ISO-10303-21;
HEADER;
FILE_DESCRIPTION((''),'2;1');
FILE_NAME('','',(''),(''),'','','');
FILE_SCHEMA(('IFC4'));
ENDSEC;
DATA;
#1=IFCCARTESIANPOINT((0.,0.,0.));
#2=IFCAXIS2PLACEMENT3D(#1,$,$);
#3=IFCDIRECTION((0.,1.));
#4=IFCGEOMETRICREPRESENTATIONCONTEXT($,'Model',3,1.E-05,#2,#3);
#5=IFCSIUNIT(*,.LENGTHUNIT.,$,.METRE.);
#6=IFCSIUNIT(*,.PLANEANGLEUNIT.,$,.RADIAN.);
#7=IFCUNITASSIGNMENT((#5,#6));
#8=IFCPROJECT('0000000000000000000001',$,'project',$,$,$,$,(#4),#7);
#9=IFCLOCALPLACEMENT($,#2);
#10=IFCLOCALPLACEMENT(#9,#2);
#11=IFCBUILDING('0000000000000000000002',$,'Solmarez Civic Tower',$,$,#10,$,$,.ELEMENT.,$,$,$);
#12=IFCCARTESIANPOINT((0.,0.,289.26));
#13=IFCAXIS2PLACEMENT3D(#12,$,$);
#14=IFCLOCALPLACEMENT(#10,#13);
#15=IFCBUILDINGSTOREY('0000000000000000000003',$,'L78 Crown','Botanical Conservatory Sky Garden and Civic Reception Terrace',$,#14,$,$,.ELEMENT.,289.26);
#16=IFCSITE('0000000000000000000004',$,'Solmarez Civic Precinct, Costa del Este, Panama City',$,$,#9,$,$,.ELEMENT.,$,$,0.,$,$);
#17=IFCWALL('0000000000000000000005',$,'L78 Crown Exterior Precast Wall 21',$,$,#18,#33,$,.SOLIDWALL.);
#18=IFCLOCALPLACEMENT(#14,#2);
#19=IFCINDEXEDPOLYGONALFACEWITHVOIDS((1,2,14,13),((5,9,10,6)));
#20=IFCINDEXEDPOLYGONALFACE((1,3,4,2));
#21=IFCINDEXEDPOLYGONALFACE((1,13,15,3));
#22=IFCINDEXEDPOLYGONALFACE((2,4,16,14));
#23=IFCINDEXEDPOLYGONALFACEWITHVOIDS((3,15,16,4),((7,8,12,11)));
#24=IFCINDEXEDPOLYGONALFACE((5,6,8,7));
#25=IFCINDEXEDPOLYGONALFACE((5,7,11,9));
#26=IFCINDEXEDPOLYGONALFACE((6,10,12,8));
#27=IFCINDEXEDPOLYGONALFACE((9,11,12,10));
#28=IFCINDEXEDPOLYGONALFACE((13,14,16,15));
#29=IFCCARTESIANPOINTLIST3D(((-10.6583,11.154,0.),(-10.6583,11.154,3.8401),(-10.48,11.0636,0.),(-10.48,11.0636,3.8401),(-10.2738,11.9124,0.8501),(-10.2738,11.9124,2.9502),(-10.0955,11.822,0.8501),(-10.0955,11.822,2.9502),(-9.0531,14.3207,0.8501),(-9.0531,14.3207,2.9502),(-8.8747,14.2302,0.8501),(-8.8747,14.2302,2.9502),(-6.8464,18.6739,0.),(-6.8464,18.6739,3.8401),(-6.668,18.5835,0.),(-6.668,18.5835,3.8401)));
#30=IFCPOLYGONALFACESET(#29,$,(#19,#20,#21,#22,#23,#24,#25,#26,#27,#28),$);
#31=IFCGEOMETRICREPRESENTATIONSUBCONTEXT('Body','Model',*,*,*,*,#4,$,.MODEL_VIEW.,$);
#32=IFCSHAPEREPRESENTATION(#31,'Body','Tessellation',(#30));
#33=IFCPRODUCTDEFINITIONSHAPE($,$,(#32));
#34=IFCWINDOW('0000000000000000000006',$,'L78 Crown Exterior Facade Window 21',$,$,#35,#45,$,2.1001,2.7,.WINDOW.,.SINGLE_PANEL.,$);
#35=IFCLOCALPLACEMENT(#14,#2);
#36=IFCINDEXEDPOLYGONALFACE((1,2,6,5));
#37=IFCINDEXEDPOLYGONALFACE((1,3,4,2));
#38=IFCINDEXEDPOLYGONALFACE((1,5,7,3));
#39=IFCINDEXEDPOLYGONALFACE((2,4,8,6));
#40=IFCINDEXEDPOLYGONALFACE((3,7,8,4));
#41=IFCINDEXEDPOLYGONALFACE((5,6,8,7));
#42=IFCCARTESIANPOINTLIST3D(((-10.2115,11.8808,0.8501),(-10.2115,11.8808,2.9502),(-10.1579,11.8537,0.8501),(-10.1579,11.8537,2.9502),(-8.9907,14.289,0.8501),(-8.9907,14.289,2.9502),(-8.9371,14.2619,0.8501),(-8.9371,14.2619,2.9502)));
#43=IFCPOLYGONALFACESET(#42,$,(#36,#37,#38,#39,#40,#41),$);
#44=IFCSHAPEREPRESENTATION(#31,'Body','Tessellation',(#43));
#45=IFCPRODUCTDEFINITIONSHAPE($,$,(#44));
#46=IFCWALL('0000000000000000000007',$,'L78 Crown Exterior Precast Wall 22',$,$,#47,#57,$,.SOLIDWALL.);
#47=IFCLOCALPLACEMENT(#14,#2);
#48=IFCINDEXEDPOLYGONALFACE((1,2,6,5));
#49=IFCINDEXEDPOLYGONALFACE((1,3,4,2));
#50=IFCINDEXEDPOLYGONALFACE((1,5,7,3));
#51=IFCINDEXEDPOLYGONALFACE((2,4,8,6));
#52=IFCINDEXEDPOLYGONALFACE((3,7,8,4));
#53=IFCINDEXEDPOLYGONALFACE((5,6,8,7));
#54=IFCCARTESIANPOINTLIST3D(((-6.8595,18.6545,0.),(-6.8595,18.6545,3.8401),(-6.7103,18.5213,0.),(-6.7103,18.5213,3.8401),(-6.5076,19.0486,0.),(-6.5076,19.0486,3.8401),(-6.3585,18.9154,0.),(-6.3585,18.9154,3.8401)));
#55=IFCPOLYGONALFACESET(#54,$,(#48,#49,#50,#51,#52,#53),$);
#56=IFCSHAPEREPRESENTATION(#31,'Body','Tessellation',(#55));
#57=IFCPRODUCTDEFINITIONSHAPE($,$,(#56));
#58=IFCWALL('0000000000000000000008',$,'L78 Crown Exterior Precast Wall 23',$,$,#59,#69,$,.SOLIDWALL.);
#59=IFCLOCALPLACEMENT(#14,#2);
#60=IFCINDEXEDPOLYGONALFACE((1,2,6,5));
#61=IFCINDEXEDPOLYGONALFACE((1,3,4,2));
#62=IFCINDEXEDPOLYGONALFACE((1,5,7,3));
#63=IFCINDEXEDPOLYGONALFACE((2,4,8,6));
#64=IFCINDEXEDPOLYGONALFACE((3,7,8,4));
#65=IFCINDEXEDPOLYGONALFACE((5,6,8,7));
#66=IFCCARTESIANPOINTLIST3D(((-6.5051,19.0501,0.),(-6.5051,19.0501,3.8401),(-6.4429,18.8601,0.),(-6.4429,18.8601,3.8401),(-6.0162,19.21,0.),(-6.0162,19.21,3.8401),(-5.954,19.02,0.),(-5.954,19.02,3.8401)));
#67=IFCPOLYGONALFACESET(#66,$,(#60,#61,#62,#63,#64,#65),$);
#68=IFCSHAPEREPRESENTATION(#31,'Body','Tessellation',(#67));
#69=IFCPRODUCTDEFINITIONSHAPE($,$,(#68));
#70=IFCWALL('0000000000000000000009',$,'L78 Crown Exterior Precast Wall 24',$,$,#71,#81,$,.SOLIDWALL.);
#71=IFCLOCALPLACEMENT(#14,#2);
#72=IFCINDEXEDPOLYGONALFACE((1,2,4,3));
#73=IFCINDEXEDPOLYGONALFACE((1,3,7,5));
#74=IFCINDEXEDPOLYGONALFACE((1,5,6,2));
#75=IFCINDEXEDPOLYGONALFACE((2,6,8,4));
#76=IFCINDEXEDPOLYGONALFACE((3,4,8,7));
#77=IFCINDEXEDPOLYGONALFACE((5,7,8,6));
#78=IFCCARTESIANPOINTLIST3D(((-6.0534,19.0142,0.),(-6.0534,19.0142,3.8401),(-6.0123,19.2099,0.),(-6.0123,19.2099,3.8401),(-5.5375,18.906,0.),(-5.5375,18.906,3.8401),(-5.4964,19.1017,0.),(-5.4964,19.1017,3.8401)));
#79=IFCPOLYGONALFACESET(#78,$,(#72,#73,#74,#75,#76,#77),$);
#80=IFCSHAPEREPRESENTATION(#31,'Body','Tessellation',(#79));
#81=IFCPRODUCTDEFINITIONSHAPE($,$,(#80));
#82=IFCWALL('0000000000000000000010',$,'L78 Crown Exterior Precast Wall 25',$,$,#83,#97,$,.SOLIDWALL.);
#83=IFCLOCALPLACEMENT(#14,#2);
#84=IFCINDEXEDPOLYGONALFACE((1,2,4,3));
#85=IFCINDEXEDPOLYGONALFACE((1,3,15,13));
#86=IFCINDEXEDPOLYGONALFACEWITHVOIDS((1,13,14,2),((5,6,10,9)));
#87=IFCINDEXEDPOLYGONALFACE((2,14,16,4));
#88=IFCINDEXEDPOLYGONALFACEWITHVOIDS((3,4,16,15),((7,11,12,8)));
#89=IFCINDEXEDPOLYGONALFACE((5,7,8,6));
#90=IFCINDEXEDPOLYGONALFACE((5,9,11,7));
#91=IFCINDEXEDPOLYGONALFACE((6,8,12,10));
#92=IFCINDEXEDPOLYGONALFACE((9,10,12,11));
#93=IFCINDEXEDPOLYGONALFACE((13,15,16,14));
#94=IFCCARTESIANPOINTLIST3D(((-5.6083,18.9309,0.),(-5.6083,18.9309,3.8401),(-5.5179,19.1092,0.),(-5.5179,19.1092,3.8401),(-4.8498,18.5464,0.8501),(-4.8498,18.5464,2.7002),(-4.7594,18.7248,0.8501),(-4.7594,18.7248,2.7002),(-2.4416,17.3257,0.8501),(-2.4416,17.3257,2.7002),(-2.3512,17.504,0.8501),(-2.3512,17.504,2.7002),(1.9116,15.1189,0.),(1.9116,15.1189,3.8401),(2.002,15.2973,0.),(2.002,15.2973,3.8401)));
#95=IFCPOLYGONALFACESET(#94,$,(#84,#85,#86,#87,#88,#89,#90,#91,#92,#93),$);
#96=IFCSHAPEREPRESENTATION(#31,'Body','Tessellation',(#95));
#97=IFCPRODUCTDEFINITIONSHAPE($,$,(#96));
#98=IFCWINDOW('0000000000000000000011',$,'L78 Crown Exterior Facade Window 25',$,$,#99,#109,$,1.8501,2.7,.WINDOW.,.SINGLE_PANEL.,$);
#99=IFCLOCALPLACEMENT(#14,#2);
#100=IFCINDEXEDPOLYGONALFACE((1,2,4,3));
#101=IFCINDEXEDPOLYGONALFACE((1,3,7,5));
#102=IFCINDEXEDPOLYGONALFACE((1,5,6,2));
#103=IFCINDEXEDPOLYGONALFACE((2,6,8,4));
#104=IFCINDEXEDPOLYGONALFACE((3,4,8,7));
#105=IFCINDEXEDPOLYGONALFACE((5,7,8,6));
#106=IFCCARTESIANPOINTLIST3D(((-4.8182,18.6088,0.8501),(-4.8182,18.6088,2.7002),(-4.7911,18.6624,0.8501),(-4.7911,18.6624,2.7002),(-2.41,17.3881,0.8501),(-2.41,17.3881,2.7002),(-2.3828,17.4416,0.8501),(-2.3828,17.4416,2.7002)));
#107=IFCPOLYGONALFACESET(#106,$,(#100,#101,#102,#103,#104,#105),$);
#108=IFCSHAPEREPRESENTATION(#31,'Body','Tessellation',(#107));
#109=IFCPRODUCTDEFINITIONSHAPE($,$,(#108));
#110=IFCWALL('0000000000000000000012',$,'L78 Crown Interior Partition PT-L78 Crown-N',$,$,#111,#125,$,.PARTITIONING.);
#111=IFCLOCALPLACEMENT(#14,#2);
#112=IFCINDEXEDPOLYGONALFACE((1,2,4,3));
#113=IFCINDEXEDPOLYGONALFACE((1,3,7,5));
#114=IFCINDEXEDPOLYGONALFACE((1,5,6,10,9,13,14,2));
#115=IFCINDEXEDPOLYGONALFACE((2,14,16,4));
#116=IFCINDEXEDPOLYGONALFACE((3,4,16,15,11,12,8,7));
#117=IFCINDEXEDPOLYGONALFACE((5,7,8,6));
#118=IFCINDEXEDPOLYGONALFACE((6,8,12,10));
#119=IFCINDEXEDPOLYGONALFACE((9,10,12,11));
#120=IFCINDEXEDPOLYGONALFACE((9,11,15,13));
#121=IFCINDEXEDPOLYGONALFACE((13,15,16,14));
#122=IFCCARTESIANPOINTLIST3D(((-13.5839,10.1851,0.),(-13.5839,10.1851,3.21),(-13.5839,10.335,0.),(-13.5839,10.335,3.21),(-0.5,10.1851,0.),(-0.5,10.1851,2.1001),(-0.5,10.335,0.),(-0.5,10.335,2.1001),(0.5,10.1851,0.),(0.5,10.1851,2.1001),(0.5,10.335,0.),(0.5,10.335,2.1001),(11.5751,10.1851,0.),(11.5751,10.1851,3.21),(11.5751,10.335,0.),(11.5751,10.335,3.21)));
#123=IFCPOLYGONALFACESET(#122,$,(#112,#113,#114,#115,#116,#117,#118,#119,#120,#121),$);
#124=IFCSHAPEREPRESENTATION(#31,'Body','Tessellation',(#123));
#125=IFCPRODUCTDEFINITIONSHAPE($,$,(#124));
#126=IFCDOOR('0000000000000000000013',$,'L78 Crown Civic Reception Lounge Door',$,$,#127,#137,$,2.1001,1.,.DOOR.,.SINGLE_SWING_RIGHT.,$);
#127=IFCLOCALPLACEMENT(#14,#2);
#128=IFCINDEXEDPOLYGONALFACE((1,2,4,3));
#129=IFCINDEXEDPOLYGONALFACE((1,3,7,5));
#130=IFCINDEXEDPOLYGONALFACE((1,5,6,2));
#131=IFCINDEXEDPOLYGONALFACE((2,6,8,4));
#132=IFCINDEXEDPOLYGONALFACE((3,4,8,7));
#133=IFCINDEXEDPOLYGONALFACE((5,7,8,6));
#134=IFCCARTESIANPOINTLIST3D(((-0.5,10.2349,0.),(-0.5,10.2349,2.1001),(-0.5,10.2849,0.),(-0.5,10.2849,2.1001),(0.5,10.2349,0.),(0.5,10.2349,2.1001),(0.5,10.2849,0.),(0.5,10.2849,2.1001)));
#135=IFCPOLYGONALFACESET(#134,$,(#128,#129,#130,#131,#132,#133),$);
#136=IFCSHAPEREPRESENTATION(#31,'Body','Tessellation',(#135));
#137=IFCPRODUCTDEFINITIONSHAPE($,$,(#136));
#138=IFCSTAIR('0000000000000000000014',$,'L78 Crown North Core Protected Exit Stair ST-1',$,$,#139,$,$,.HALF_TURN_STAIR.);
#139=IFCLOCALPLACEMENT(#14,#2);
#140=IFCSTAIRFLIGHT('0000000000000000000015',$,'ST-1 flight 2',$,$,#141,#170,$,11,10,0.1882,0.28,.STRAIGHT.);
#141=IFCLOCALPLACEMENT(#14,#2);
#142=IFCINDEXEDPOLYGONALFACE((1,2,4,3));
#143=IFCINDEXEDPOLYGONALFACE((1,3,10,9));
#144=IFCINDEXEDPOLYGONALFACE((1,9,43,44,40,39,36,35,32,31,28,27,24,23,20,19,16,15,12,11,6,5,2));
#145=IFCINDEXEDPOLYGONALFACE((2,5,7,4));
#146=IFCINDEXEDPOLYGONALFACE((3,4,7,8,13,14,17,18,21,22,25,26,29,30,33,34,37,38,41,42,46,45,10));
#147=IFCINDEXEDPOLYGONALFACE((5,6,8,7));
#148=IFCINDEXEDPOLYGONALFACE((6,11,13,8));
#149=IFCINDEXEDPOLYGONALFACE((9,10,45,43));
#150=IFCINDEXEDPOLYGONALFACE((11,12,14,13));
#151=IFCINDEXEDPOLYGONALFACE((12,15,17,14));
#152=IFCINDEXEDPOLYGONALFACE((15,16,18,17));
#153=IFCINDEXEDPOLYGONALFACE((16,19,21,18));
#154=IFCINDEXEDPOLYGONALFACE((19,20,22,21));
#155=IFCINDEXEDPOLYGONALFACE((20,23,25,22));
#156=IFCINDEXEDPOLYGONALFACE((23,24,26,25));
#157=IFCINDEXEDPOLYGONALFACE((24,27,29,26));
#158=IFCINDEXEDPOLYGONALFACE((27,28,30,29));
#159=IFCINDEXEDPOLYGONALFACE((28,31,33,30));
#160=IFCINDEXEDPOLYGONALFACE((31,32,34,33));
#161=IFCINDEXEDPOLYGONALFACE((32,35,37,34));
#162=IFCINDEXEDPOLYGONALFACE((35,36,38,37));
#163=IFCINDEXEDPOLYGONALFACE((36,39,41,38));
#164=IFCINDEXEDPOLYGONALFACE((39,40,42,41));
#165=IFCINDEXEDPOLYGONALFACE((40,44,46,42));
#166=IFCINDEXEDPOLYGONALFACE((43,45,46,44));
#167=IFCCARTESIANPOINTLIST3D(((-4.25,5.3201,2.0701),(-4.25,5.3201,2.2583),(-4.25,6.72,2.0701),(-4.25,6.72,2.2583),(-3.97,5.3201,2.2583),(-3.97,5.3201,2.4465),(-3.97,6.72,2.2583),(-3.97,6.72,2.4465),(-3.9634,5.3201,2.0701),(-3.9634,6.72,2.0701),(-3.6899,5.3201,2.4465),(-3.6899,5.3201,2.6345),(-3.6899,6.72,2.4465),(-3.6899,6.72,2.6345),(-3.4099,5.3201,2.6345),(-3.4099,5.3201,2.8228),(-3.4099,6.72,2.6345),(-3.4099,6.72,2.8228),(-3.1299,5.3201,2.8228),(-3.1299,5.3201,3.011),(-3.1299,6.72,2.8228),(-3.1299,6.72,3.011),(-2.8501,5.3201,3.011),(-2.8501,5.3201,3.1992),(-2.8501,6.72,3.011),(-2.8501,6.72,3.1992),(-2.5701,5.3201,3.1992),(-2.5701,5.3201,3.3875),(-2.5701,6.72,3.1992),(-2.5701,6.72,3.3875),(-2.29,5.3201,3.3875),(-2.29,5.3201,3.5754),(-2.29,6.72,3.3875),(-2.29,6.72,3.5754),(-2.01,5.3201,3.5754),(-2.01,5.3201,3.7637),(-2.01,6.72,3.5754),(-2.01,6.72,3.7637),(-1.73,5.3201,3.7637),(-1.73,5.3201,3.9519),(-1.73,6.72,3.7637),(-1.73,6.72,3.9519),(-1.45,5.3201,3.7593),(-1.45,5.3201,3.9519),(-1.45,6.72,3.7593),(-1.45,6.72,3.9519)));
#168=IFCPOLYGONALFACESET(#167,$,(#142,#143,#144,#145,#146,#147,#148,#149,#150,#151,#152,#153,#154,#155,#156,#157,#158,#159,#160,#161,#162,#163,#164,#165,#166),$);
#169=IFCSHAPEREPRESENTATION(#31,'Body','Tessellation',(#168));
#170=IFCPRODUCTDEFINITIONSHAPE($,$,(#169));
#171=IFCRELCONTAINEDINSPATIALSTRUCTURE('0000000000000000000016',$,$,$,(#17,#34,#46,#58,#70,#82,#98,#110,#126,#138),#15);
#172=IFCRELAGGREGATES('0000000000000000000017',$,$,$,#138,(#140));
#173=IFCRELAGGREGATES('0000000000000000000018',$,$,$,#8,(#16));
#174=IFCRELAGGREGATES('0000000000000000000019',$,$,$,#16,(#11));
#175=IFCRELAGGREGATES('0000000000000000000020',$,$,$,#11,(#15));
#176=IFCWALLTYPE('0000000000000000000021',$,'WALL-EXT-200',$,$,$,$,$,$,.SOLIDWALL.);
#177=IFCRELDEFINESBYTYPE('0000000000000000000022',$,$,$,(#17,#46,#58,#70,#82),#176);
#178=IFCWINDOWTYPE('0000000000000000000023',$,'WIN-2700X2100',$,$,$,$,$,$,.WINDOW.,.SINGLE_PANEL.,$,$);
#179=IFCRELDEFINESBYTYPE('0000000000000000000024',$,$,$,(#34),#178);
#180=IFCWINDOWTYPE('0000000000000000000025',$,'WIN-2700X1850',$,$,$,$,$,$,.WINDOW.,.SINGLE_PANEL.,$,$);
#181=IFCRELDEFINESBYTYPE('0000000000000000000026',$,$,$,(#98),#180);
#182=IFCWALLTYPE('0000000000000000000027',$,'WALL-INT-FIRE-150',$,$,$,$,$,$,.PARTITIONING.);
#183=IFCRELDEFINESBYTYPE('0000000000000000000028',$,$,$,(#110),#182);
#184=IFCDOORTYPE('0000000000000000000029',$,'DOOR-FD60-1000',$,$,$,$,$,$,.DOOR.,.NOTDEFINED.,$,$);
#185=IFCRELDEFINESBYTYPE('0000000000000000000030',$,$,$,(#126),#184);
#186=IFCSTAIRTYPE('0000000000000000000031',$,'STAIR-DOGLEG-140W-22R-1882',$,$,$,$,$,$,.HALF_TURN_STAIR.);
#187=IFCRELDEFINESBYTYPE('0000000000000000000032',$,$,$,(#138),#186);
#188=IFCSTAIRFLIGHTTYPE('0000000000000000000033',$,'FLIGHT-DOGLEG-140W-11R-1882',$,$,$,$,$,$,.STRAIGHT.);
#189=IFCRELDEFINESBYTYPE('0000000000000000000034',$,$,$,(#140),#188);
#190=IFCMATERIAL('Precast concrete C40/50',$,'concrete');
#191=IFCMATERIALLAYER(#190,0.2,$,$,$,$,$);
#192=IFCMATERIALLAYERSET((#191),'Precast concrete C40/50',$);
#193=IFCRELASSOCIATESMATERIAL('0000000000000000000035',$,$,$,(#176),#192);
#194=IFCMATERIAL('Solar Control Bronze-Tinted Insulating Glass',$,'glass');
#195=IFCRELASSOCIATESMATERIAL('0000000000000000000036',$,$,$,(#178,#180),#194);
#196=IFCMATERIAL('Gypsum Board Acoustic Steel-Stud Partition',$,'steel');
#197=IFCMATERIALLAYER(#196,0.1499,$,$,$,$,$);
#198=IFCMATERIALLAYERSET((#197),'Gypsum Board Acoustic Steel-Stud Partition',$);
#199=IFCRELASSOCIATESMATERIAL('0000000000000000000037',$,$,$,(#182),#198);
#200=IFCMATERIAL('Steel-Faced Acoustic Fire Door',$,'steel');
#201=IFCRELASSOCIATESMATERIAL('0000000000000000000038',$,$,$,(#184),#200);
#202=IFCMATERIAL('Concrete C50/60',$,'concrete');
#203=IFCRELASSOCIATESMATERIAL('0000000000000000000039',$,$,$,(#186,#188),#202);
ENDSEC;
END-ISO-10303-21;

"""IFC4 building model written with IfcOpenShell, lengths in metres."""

from ifc_helpers import new_model, si_unit, direction, frame, frame_2d, origin, place, context, subcontext, project, spatial, polyline, rectangle, outline, extrude, material, layer, layer_set, type_object, element, fill, aggregate, save


model = new_model("IFC4")

# Units and contexts
model_context = context("Model", 3, precision=1e-05, world=origin(), true_north=direction((0.0, 1.0)))
body_context = subcontext(model_context, "Body", "Model", "MODEL_VIEW")
ifc_project = project(units=[si_unit("LENGTHUNIT", "METRE"), si_unit("PLANEANGLEUNIT", "RADIAN")], contexts=[model_context])

# Site, building, storey
site_placement = place(None, origin())
site = spatial("IfcSite", under=ifc_project, at=site_placement, Name="Solmarez Civic Precinct, Costa del Este, Panama City", CompositionType="ELEMENT", RefElevation=0.0)
building_placement = place(site_placement, origin())
building = spatial("IfcBuilding", under=site, at=building_placement, Name="Solmarez Civic Tower", CompositionType="ELEMENT")
storey_placement = place(building_placement, frame((0.0, 0.0, 289.26)))
storey = spatial("IfcBuildingStorey", under=building, at=storey_placement, Name="L78 Crown", Description="Botanical Conservatory Sky Garden and Civic Reception Terrace", CompositionType="ELEMENT", Elevation=289.26)

# Shared definitions
ifc_material_1 = material(Name="Concrete C50/60", Category="concrete")

# Shared definitions
ifc_material_2 = material(Name="Precast concrete C40/50", Category="concrete")
ifc_layer_1 = layer(ifc_material_2, 0.2)
ifc_layer_set_1 = layer_set([ifc_layer_1], Name="Precast concrete C40/50")
wall_type_1 = type_object("IfcWallType", Name="WALL-EXT-200", PredefinedType="SOLIDWALL", material=ifc_layer_set_1)

# Wall, opening, window
wall_1_placement = place(storey_placement, frame((-10.5691, 11.1089, 0.0), z_axis=(0.0, 0.0, 1.0), x_axis=(0.452141, 0.891946, 0.0)))
wall_1 = element("IfcWall", 1, at=wall_1_placement, inside=storey, type_object=wall_type_1, Name="L78 Crown Exterior Precast Wall 21", PredefinedType="SOLIDWALL", context=body_context, shape_type="SweptSolid", body=[
    extrude(rectangle(XDim=8.4309, YDim=0.2, at=frame_2d((4.2153, 0.0))), origin(), (0.0, 0.0, 1.0), 3.8401),
])
opening_1_placement = place(wall_1_placement, frame((0.8501, 0.0, 0.8501)))
opening_1 = element("IfcOpeningElement", 2, at=opening_1_placement, cuts=wall_1, PredefinedType="OPENING", context=body_context, shape_type="SweptSolid", body=[
    extrude(rectangle(XDim=2.7, YDim=2.1001, at=frame_2d((1.3501, 1.05))), frame((0.0, 0.1099, 0.0), z_axis=(0.0, -1.0, 0.0), x_axis=(1.0, 0.0, 0.0)), (0.0, 0.0, 1.0), 0.22),
])
ifc_material_3 = material(Name="Solar Control Bronze-Tinted Insulating Glass", Category="glass")
window_type_1 = type_object("IfcWindowType", Name="WIN-2700X2100", PartitioningType="SINGLE_PANEL", PredefinedType="WINDOW", material=ifc_material_3)
window_1_placement = place(opening_1_placement, origin())
window_1 = element("IfcWindow", 3, at=window_1_placement, inside=storey, type_object=window_type_1, Name="L78 Crown Exterior Facade Window 21", OverallHeight=2.1001, OverallWidth=2.7, PartitioningType="SINGLE_PANEL", PredefinedType="WINDOW", context=body_context, shape_type="SweptSolid", body=[
    extrude(rectangle(XDim=2.7, YDim=2.1001, at=frame_2d((1.3501, 1.05))), frame((0.0, 0.03, 0.0), z_axis=(0.0, -1.0, 0.0), x_axis=(1.0, 0.0, 0.0)), (0.0, 0.0, 1.0), 0.0601),
])
fill(opening_1, window_1)

# Walls
wall_2_placement = place(storey_placement, frame((-6.7849, 18.5879, 0.0), z_axis=(0.0, 0.0, 1.0), x_axis=(0.665997, 0.745954, 0.0)))
element("IfcWall", 4, at=wall_2_placement, inside=storey, type_object=wall_type_1, Name="L78 Crown Exterior Precast Wall 22", PredefinedType="SOLIDWALL", context=body_context, shape_type="SweptSolid", body=[
    extrude(rectangle(XDim=0.5283, YDim=0.2, at=frame_2d((0.2642, 0.0))), origin(), (0.0, 0.0, 1.0), 3.8401),
])
wall_3_placement = place(storey_placement, frame((-6.4741, 18.9551, 0.0), z_axis=(0.0, 0.0, 1.0), x_axis=(0.950471, 0.310813, 0.0)))
element("IfcWall", 5, at=wall_3_placement, inside=storey, type_object=wall_type_1, Name="L78 Crown Exterior Precast Wall 23", PredefinedType="SOLIDWALL", context=body_context, shape_type="SweptSolid", body=[
    extrude(rectangle(XDim=0.5144, YDim=0.2, at=frame_2d((0.2573, 0.0))), origin(), (0.0, 0.0, 1.0), 3.8401),
])
wall_4_placement = place(storey_placement, frame((-6.033, 19.1121, 0.0), z_axis=(0.0, 0.0, 1.0), x_axis=(0.978721, -0.205193, 0.0)))
element("IfcWall", 6, at=wall_4_placement, inside=storey, type_object=wall_type_1, Name="L78 Crown Exterior Precast Wall 24", PredefinedType="SOLIDWALL", context=body_context, shape_type="SweptSolid", body=[
    extrude(rectangle(XDim=0.5271, YDim=0.2, at=frame_2d((0.2637, 0.0))), origin(), (0.0, 0.0, 1.0), 3.8401),
])

# Wall, opening, window
wall_5_placement = place(storey_placement, frame((-5.563, 19.02, 0.0), z_axis=(0.0, 0.0, 1.0), x_axis=(0.891946, -0.452141, 0.0)))
wall_5 = element("IfcWall", 7, at=wall_5_placement, inside=storey, type_object=wall_type_1, Name="L78 Crown Exterior Precast Wall 25", PredefinedType="SOLIDWALL", context=body_context, shape_type="SweptSolid", body=[
    extrude(rectangle(XDim=8.4309, YDim=0.2, at=frame_2d((4.2153, 0.0))), origin(), (0.0, 0.0, 1.0), 3.8401),
])
opening_2_placement = place(wall_5_placement, frame((0.8501, 0.0, 0.8501)))
opening_2 = element("IfcOpeningElement", 8, at=opening_2_placement, cuts=wall_5, PredefinedType="OPENING", context=body_context, shape_type="SweptSolid", body=[
    extrude(rectangle(XDim=2.7, YDim=1.8501, at=frame_2d((1.3501, 0.925))), frame((0.0, 0.1099, 0.0), z_axis=(0.0, -1.0, 0.0), x_axis=(1.0, 0.0, 0.0)), (0.0, 0.0, 1.0), 0.22),
])
window_type_2 = type_object("IfcWindowType", Name="WIN-2700X1850", PartitioningType="SINGLE_PANEL", PredefinedType="WINDOW", material=ifc_material_3)
window_2_placement = place(opening_2_placement, origin())
window_2 = element("IfcWindow", 9, at=window_2_placement, inside=storey, type_object=window_type_2, Name="L78 Crown Exterior Facade Window 25", OverallHeight=1.8501, OverallWidth=2.7, PartitioningType="SINGLE_PANEL", PredefinedType="WINDOW", context=body_context, shape_type="SweptSolid", body=[
    extrude(rectangle(XDim=2.7, YDim=1.8501, at=frame_2d((1.3501, 0.925))), frame((0.0, 0.03, 0.0), z_axis=(0.0, -1.0, 0.0), x_axis=(1.0, 0.0, 0.0)), (0.0, 0.0, 1.0), 0.0601),
])
fill(opening_2, window_2)

# Wall, opening, door
ifc_material_4 = material(Name="Gypsum Board Acoustic Steel-Stud Partition", Category="steel")
ifc_layer_2 = layer(ifc_material_4, 0.1499)
ifc_layer_set_2 = layer_set([ifc_layer_2], Name="Gypsum Board Acoustic Steel-Stud Partition")
wall_type_2 = type_object("IfcWallType", Name="WALL-INT-FIRE-150", PredefinedType="PARTITIONING", material=ifc_layer_set_2)
wall_6_placement = place(storey_placement, frame((-13.584, 10.26, 0.0), z_axis=(0.0, 0.0, 1.0), x_axis=(1.0, 0.0, 0.0)))
wall_6 = element("IfcWall", 10, at=wall_6_placement, inside=storey, type_object=wall_type_2, Name="L78 Crown Interior Partition PT-L78 Crown-N", PredefinedType="PARTITIONING", context=body_context, shape_type="SweptSolid", body=[
    extrude(rectangle(XDim=25.1589, YDim=0.1499, at=frame_2d((12.5796, 0.0))), origin(), (0.0, 0.0, 1.0), 3.21),
])
opening_3_placement = place(wall_6_placement, frame((13.084, 0.0, 0.0)))
opening_3 = element("IfcOpeningElement", 11, at=opening_3_placement, cuts=wall_6, PredefinedType="OPENING", context=body_context, shape_type="SweptSolid", body=[
    extrude(rectangle(XDim=1.0, YDim=2.1001, at=frame_2d((0.5, 1.05))), frame((0.0, 0.085, 0.0), z_axis=(0.0, -1.0, 0.0), x_axis=(1.0, 0.0, 0.0)), (0.0, 0.0, 1.0), 0.1699),
])
ifc_material_5 = material(Name="Steel-Faced Acoustic Fire Door", Category="steel")
door_type = type_object("IfcDoorType", Name="DOOR-FD60-1000", OperationType="NOTDEFINED", PredefinedType="DOOR", material=ifc_material_5)
door_placement = place(opening_3_placement, origin())
door = element("IfcDoor", 12, at=door_placement, inside=storey, type_object=door_type, Name="L78 Crown Civic Reception Lounge Door", OperationType="SINGLE_SWING_RIGHT", OverallHeight=2.1001, OverallWidth=1.0, PredefinedType="DOOR", context=body_context, shape_type="SweptSolid", body=[
    extrude(rectangle(XDim=1.0, YDim=2.1001, at=frame_2d((0.5, 1.05))), frame((0.0, 0.0249, 0.0), z_axis=(0.0, -1.0, 0.0), x_axis=(1.0, 0.0, 0.0)), (0.0, 0.0, 1.0), 0.05),
])
fill(opening_3, door)

# Stair, stair flight
stair_type = type_object("IfcStairType", Name="STAIR-DOGLEG-140W-22R-1882", PredefinedType="HALF_TURN_STAIR", material=ifc_material_1)
stair_placement = place(storey_placement, origin())
stair = element("IfcStair", 13, at=stair_placement, inside=storey, type_object=stair_type, Name="L78 Crown North Core Protected Exit Stair ST-1", PredefinedType="HALF_TURN_STAIR")
stair_flight_type = type_object("IfcStairFlightType", Name="FLIGHT-DOGLEG-140W-11R-1882", PredefinedType="STRAIGHT", material=ifc_material_1)
stair_flight_placement = place(storey_placement, frame((-4.25, 6.02, 2.0701), z_axis=(0.0, 0.0, 1.0), x_axis=(1.0, 0.0, 0.0)))
stair_flight = element("IfcStairFlight", 14, at=stair_flight_placement, type_object=stair_flight_type, Name="ST-1 flight 2", NumberOfRisers=11, NumberOfTreads=10, PredefinedType="STRAIGHT", RiserHeight=0.1882, TreadLength=0.28, context=body_context, shape_type="SweptSolid", body=[
    extrude(outline(polyline([(0.0, 0.0), (0.0, 0.1882), (0.28, 0.1882), (0.28, 0.3765), (0.5601, 0.3765), (0.5601, 0.5645), (0.8401, 0.5645), (0.8401, 0.7527), (1.1201, 0.7527), (1.1201, 0.9409), (1.3999, 0.9409), (1.3999, 1.1292), (1.6799, 1.1292), (1.6799, 1.3174), (1.96, 1.3174), (1.96, 1.5054), (2.24, 1.5054), (2.24, 1.6936), (2.52, 1.6936), (2.52, 1.8818), (2.8, 1.8818), (2.8, 2.0701), (2.8, 1.6892), (0.2866, 0.0), (0.0, 0.0)])), frame((0.0, 0.7, 0.0), z_axis=(0.0, -1.0, 0.0), x_axis=(1.0, 0.0, 0.0)), (0.0, 0.0, 1.0), 1.3999),
])
aggregate(stair, [stair_flight])

save(model, "model.ifc")
